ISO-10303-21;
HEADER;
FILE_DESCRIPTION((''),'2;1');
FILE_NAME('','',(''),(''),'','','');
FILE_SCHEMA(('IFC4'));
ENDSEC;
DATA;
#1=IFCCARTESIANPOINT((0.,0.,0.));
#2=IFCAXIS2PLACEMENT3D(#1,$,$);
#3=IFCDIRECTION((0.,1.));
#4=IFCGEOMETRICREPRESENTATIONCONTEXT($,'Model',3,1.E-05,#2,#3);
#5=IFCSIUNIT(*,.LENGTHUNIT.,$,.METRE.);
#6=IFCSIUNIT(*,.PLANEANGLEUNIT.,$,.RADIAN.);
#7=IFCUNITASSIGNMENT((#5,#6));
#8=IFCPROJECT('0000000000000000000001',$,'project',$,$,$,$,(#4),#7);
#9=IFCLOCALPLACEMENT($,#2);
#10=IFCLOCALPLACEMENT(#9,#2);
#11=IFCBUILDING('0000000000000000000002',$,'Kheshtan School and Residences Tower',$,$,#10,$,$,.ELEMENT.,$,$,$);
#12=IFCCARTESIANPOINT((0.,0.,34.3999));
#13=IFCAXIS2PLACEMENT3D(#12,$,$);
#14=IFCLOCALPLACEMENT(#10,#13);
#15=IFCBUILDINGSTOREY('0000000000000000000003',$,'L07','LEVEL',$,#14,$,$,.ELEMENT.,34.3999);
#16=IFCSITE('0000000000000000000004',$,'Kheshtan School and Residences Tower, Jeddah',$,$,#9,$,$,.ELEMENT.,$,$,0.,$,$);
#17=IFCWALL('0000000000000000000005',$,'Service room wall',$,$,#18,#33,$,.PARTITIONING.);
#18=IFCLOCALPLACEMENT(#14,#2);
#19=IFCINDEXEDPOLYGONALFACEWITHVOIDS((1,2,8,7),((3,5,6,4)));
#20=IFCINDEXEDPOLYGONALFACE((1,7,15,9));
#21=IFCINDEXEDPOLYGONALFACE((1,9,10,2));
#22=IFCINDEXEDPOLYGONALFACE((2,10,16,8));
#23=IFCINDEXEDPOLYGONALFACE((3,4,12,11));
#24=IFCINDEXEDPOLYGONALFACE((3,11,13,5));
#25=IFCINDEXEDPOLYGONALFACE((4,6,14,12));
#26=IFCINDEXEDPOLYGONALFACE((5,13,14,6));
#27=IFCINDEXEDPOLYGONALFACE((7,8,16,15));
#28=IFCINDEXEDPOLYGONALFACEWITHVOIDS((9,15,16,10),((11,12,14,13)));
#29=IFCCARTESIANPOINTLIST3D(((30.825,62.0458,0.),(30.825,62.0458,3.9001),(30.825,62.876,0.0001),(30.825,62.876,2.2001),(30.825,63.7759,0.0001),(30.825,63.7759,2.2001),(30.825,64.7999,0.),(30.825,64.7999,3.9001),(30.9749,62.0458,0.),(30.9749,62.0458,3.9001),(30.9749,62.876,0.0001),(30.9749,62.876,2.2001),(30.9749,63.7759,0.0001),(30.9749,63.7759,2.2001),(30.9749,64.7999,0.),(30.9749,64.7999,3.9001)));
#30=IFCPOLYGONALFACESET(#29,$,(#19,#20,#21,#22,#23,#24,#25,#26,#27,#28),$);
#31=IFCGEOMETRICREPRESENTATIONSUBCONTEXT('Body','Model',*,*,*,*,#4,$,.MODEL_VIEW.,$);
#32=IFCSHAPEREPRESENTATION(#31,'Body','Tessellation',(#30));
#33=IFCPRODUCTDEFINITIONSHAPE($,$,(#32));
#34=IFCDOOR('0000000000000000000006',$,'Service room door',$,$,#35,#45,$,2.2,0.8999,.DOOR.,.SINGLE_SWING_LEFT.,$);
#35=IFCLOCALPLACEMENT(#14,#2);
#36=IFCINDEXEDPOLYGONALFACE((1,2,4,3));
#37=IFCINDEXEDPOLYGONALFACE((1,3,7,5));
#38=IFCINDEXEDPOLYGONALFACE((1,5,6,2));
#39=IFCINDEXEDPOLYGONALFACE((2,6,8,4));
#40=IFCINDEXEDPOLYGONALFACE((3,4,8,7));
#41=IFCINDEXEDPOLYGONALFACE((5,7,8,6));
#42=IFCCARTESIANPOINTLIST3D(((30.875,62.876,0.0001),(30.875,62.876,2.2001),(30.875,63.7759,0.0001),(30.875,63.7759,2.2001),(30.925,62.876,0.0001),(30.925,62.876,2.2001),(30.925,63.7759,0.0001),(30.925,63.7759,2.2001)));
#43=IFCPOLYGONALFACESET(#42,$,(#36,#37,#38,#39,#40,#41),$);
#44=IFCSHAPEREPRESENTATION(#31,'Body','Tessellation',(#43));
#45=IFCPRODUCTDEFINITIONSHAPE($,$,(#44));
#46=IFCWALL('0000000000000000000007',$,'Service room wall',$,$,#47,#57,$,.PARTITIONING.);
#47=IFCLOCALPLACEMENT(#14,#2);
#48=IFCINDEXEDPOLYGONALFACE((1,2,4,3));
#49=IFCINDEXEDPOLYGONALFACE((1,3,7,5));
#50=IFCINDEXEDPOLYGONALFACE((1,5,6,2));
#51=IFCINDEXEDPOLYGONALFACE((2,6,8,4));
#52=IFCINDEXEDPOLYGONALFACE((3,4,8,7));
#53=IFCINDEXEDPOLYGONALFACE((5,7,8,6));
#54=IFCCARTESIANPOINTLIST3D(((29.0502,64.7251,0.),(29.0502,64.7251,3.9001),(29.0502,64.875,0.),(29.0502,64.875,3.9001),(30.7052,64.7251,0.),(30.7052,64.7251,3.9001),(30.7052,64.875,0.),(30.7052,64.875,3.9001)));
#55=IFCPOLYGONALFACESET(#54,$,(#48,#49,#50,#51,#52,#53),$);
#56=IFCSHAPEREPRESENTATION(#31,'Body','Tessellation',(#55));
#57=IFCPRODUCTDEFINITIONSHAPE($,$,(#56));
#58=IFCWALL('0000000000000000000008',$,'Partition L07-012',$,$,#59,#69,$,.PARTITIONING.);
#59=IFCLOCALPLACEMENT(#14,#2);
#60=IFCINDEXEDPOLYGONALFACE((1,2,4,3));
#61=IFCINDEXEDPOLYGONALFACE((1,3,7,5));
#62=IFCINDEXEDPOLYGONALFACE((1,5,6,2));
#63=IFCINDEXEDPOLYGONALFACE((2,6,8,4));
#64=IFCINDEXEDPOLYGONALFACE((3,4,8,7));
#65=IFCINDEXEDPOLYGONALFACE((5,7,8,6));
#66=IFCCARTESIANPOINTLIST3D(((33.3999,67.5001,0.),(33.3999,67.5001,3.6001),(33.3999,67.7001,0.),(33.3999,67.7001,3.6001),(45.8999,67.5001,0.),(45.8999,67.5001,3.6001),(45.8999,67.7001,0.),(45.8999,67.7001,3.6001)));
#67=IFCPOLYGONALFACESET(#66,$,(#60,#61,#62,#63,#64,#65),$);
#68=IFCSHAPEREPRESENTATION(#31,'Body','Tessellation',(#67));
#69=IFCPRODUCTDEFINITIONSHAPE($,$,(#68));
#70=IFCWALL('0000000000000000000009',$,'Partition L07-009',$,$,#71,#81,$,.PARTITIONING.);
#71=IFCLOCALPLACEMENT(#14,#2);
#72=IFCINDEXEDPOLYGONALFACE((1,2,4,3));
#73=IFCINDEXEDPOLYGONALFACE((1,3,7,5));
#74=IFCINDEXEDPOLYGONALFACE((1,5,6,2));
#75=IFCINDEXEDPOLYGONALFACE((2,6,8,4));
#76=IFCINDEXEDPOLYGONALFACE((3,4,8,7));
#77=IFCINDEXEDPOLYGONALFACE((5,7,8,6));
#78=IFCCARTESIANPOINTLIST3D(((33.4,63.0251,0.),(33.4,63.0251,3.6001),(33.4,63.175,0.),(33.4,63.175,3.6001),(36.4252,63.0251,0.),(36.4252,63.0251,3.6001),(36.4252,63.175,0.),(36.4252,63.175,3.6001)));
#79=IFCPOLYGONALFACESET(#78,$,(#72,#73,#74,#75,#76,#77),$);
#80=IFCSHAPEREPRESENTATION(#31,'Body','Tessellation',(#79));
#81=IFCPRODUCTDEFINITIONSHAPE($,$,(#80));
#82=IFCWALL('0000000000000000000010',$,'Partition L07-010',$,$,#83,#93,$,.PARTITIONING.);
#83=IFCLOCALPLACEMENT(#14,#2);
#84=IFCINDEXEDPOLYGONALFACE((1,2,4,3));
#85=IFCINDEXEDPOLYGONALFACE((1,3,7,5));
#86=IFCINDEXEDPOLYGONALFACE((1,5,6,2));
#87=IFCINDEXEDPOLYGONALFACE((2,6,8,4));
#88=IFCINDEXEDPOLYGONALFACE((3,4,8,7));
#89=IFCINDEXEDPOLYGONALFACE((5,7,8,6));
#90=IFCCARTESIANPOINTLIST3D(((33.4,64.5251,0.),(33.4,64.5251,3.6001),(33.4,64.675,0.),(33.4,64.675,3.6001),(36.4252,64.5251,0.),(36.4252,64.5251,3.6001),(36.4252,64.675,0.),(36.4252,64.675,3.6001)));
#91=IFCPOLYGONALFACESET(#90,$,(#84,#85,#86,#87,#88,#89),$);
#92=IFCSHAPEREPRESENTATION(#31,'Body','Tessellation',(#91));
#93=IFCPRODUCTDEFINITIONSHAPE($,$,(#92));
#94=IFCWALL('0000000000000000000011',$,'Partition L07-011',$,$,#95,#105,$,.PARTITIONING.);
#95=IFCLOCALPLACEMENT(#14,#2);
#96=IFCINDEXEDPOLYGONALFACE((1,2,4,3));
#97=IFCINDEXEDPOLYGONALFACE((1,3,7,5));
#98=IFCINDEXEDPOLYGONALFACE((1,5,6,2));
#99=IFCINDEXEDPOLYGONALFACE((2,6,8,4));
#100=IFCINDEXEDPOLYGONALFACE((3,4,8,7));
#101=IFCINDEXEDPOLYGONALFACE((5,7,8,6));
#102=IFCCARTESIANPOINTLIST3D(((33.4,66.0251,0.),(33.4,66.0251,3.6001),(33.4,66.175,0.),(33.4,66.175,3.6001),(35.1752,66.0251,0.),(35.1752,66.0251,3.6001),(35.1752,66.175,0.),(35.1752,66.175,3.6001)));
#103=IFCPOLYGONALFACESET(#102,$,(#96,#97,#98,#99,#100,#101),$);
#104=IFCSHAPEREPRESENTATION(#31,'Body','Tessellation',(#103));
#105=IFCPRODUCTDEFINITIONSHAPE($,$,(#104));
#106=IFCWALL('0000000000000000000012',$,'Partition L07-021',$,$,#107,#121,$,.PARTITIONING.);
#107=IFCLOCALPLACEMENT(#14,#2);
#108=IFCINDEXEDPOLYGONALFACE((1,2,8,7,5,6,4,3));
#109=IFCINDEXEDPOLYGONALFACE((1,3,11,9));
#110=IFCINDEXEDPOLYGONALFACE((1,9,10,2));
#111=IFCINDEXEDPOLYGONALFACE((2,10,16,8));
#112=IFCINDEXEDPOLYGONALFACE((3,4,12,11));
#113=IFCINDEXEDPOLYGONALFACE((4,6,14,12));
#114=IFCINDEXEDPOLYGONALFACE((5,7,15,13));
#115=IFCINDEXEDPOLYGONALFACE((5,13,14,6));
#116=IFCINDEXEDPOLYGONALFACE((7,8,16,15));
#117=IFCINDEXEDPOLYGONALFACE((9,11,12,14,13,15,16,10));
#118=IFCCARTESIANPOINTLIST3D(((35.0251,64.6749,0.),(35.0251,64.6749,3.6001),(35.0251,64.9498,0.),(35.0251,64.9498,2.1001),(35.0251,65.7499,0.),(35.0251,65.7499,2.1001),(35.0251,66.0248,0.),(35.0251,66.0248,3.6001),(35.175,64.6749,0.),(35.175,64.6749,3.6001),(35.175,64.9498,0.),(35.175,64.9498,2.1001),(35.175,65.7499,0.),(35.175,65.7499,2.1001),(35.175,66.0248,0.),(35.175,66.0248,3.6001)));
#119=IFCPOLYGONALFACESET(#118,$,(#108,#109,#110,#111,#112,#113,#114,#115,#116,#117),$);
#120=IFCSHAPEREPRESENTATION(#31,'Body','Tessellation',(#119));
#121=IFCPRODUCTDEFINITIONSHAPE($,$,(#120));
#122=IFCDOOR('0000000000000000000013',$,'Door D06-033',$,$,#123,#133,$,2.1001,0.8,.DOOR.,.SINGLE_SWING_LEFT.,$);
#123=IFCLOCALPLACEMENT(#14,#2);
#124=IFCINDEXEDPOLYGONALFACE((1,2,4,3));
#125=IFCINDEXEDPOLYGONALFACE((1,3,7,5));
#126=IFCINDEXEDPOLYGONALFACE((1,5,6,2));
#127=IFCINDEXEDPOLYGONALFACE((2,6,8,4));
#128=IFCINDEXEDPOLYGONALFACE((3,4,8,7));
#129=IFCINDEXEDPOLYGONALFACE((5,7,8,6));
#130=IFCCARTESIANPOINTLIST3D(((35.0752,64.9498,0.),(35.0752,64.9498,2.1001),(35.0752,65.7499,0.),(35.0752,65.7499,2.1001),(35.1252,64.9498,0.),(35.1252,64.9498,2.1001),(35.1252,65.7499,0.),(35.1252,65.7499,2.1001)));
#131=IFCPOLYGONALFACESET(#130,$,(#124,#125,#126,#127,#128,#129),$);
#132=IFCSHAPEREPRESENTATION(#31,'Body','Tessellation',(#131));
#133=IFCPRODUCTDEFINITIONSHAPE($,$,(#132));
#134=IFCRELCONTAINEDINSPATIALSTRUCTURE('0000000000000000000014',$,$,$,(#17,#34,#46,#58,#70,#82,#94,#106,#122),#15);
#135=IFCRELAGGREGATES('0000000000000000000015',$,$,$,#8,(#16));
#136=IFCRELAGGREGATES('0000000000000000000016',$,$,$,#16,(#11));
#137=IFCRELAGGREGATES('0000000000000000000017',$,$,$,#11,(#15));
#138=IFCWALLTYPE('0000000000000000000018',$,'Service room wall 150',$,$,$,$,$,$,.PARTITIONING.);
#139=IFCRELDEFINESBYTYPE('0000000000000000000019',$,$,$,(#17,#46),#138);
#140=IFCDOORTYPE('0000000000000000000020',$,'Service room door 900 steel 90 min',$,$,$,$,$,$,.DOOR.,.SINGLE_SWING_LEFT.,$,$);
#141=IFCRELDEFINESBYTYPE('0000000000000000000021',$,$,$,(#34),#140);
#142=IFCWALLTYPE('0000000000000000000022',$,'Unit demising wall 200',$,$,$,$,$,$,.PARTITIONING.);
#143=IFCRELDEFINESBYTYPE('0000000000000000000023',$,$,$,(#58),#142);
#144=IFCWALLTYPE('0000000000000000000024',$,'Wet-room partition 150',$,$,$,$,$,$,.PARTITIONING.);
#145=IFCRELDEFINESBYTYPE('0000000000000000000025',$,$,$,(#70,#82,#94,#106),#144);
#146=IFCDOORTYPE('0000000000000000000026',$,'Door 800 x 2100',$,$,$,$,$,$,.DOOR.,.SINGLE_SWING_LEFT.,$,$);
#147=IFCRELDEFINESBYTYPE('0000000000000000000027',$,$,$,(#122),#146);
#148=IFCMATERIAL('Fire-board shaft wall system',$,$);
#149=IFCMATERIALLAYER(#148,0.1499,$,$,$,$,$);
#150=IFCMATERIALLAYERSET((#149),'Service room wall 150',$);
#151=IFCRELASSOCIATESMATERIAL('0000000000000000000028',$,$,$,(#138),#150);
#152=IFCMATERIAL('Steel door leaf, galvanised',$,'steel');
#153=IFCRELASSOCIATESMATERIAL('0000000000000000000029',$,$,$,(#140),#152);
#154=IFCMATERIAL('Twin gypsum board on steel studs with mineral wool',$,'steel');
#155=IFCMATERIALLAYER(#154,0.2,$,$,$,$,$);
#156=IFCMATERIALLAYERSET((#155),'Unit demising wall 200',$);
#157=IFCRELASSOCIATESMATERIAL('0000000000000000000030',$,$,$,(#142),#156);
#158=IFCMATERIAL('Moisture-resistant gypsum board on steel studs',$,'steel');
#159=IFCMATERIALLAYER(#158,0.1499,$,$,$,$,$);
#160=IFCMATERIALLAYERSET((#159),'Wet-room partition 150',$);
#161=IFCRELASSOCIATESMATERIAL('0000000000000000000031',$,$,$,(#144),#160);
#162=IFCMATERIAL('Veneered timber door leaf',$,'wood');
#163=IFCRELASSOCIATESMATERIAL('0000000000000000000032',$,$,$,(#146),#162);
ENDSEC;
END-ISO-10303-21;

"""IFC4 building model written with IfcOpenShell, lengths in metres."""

from ifc_helpers import new_model, si_unit, direction, frame, frame_2d, origin, place, context, subcontext, project, spatial, rectangle, extrude, source, transform, mapped, material, layer, layer_set, type_object, element, fill, save


model = new_model("IFC4")

# Units and contexts
model_context = context("Model", 3, precision=1e-05, world=origin(), true_north=direction((0.0, 1.0)))
body_context = subcontext(model_context, "Body", "Model", "MODEL_VIEW")
ifc_project = project(units=[si_unit("LENGTHUNIT", "METRE"), si_unit("PLANEANGLEUNIT", "RADIAN")], contexts=[model_context])

# Site, building, storey
site_placement = place(None, origin())
site = spatial("IfcSite", under=ifc_project, at=site_placement, Name="Kheshtan School and Residences Tower, Jeddah", CompositionType="ELEMENT", RefElevation=0.0)
building_placement = place(site_placement, origin())
building = spatial("IfcBuilding", under=site, at=building_placement, Name="Kheshtan School and Residences Tower", CompositionType="ELEMENT")
storey_placement = place(building_placement, frame((0.0, 0.0, 34.3999)))
storey = spatial("IfcBuildingStorey", under=building, at=storey_placement, Name="L07", Description="LEVEL", CompositionType="ELEMENT", Elevation=34.3999)

# Wall, opening, door
ifc_material_1 = material(Name="Fire-board shaft wall system")
ifc_layer_1 = layer(ifc_material_1, 0.1499)
ifc_layer_set_1 = layer_set([ifc_layer_1], Name="Service room wall 150")
wall_type_1 = type_object("IfcWallType", Name="Service room wall 150", PredefinedType="PARTITIONING", material=ifc_layer_set_1)
wall_1_placement = place(storey_placement, frame((30.8999, 62.0459, 0.0), z_axis=(0.0, 0.0, 1.0), x_axis=(0.0, 1.0, 0.0)))
wall_1 = element("IfcWall", 1, at=wall_1_placement, inside=storey, type_object=wall_type_1, Name="Service room wall", PredefinedType="PARTITIONING", context=body_context, shape_type="SweptSolid", body=[
    extrude(rectangle(XDim=2.7542, YDim=0.1499, at=frame_2d((1.377, 0.0))), origin(), (0.0, 0.0, 1.0), 3.9001),
])
opening_1_placement = place(wall_1_placement, frame((0.8301, 0.0, 0.0)))
opening_1 = element("IfcOpeningElement", 2, at=opening_1_placement, cuts=wall_1, PredefinedType="OPENING", context=body_context, shape_type="SweptSolid", body=[
    extrude(rectangle(XDim=0.8999, YDim=2.2, at=frame_2d((0.45, 1.1001))), frame((0.0, 0.085, 0.0), z_axis=(0.0, -1.0, 0.0), x_axis=(1.0, 0.0, 0.0)), (0.0, 0.0, 1.0), 0.1699),
])
ifc_material_2 = material(Name="Steel door leaf, galvanised", Category="steel")
door_type_1 = type_object("IfcDoorType", Name="Service room door 900 steel 90 min", OperationType="SINGLE_SWING_LEFT", PredefinedType="DOOR", material=ifc_material_2)
shared_shape_1 = source(origin(), body_context, "Body", "SweptSolid", [
    extrude(rectangle(XDim=0.8999, YDim=2.2, at=frame_2d((0.45, 1.1001))), frame((0.0, 0.0249, 0.0), z_axis=(0.0, -1.0, 0.0), x_axis=(1.0, 0.0, 0.0)), (0.0, 0.0, 1.0), 0.05),
])
door_1_placement = place(opening_1_placement, origin())
door_1 = element("IfcDoor", 3, at=door_1_placement, inside=storey, type_object=door_type_1, Name="Service room door", OperationType="SINGLE_SWING_LEFT", OverallHeight=2.2, OverallWidth=0.8999, PredefinedType="DOOR", context=body_context, shape_type="MappedRepresentation", body=[
    mapped(shared_shape_1, transform((0.0, 0.0, 0.0), x_axis=(1.0, 0.0, 0.0), y_axis=(0.0, 1.0, 0.0), z_axis=(0.0, 0.0, 1.0), scale=1.0)),
])
fill(opening_1, door_1)

# Walls
wall_2_placement = place(storey_placement, frame((29.05, 64.8, 0.0), z_axis=(0.0, 0.0, 1.0), x_axis=(1.0, 0.0, 0.0)))
element("IfcWall", 4, at=wall_2_placement, inside=storey, type_object=wall_type_1, Name="Service room wall", PredefinedType="PARTITIONING", context=body_context, shape_type="SweptSolid", body=[
    extrude(rectangle(XDim=1.655, YDim=0.1499, at=frame_2d((0.8276, 0.0))), origin(), (0.0, 0.0, 1.0), 3.9001),
])
ifc_material_3 = material(Name="Twin gypsum board on steel studs with mineral wool", Category="steel")
ifc_layer_2 = layer(ifc_material_3, 0.2)
ifc_layer_set_2 = layer_set([ifc_layer_2], Name="Unit demising wall 200")
wall_type_2 = type_object("IfcWallType", Name="Unit demising wall 200", PredefinedType="PARTITIONING", material=ifc_layer_set_2)
wall_3_placement = place(storey_placement, frame((33.3999, 67.6001, 0.0), z_axis=(0.0, 0.0, 1.0), x_axis=(1.0, 0.0, 0.0)))
element("IfcWall", 5, at=wall_3_placement, inside=storey, type_object=wall_type_2, Name="Partition L07-012", PredefinedType="PARTITIONING", context=body_context, shape_type="SweptSolid", body=[
    extrude(rectangle(XDim=12.5, YDim=0.2, at=frame_2d((6.25, 0.0))), origin(), (0.0, 0.0, 1.0), 3.6001),
])
ifc_material_4 = material(Name="Moisture-resistant gypsum board on steel studs", Category="steel")
ifc_layer_3 = layer(ifc_material_4, 0.1499)
ifc_layer_set_3 = layer_set([ifc_layer_3], Name="Wet-room partition 150")
wall_type_3 = type_object("IfcWallType", Name="Wet-room partition 150", PredefinedType="PARTITIONING", material=ifc_layer_set_3)
for number, where, z_axis, x_axis, name in (
    (6, (33.3999, 63.1001, 0.0), (0.0, 0.0, 1.0), (1.0, 0.0, 0.0), "Partition L07-009"),
    (7, (33.3999, 64.6001, 0.0), (0.0, 0.0, 1.0), (1.0, 0.0, 0.0), "Partition L07-010"),
):
    element("IfcWall", number, at=place(storey_placement, frame(where, z_axis=z_axis, x_axis=x_axis)), inside=storey, type_object=wall_type_3, Name=name, PredefinedType="PARTITIONING", context=body_context, shape_type="SweptSolid", body=[
        extrude(rectangle(XDim=3.0251, YDim=0.1499, at=frame_2d((1.5127, 0.0))), origin(), (0.0, 0.0, 1.0), 3.6001),
    ])
wall_4_placement = place(storey_placement, frame((33.3999, 66.1001, 0.0), z_axis=(0.0, 0.0, 1.0), x_axis=(1.0, 0.0, 0.0)))
element("IfcWall", 8, at=wall_4_placement, inside=storey, type_object=wall_type_3, Name="Partition L07-011", PredefinedType="PARTITIONING", context=body_context, shape_type="SweptSolid", body=[
    extrude(rectangle(XDim=1.7751, YDim=0.1499, at=frame_2d((0.8877, 0.0))), origin(), (0.0, 0.0, 1.0), 3.6001),
])

# Wall, opening, door
wall_5_placement = place(storey_placement, frame((35.1001, 64.675, 0.0), z_axis=(0.0, 0.0, 1.0), x_axis=(0.0, 1.0, 0.0)))
wall_5 = element("IfcWall", 9, at=wall_5_placement, inside=storey, type_object=wall_type_3, Name="Partition L07-021", PredefinedType="PARTITIONING", context=body_context, shape_type="SweptSolid", body=[
    extrude(rectangle(XDim=1.3499, YDim=0.1499, at=frame_2d((0.6748, 0.0))), origin(), (0.0, 0.0, 1.0), 3.6001),
])
opening_2_placement = place(wall_5_placement, frame((0.2749, 0.0, 0.0)))
opening_2 = element("IfcOpeningElement", 10, at=opening_2_placement, cuts=wall_5, PredefinedType="OPENING", context=body_context, shape_type="SweptSolid", body=[
    extrude(rectangle(XDim=0.8, YDim=2.1001, at=frame_2d((0.3999, 1.05))), frame((0.0, 0.085, 0.0), z_axis=(0.0, -1.0, 0.0), x_axis=(1.0, 0.0, 0.0)), (0.0, 0.0, 1.0), 0.1699),
])
ifc_material_5 = material(Name="Veneered timber door leaf", Category="wood")
door_type_2 = type_object("IfcDoorType", Name="Door 800 x 2100", OperationType="SINGLE_SWING_LEFT", PredefinedType="DOOR", material=ifc_material_5)
shared_shape_2 = source(origin(), body_context, "Body", "SweptSolid", [
    extrude(rectangle(XDim=0.8, YDim=2.1001, at=frame_2d((0.3999, 1.05))), frame((0.0, 0.0249, 0.0), z_axis=(0.0, -1.0, 0.0), x_axis=(1.0, 0.0, 0.0)), (0.0, 0.0, 1.0), 0.05),
])
door_2_placement = place(opening_2_placement, origin())
door_2 = element("IfcDoor", 11, at=door_2_placement, inside=storey, type_object=door_type_2, Name="Door D06-033", OperationType="SINGLE_SWING_LEFT", OverallHeight=2.1001, OverallWidth=0.8, PredefinedType="DOOR", context=body_context, shape_type="MappedRepresentation", body=[
    mapped(shared_shape_2, transform((0.0, 0.0, 0.0), x_axis=(1.0, 0.0, 0.0), y_axis=(0.0, 1.0, 0.0), z_axis=(0.0, 0.0, 1.0), scale=1.0)),
])
fill(opening_2, door_2)

save(model, "model.ifc")
